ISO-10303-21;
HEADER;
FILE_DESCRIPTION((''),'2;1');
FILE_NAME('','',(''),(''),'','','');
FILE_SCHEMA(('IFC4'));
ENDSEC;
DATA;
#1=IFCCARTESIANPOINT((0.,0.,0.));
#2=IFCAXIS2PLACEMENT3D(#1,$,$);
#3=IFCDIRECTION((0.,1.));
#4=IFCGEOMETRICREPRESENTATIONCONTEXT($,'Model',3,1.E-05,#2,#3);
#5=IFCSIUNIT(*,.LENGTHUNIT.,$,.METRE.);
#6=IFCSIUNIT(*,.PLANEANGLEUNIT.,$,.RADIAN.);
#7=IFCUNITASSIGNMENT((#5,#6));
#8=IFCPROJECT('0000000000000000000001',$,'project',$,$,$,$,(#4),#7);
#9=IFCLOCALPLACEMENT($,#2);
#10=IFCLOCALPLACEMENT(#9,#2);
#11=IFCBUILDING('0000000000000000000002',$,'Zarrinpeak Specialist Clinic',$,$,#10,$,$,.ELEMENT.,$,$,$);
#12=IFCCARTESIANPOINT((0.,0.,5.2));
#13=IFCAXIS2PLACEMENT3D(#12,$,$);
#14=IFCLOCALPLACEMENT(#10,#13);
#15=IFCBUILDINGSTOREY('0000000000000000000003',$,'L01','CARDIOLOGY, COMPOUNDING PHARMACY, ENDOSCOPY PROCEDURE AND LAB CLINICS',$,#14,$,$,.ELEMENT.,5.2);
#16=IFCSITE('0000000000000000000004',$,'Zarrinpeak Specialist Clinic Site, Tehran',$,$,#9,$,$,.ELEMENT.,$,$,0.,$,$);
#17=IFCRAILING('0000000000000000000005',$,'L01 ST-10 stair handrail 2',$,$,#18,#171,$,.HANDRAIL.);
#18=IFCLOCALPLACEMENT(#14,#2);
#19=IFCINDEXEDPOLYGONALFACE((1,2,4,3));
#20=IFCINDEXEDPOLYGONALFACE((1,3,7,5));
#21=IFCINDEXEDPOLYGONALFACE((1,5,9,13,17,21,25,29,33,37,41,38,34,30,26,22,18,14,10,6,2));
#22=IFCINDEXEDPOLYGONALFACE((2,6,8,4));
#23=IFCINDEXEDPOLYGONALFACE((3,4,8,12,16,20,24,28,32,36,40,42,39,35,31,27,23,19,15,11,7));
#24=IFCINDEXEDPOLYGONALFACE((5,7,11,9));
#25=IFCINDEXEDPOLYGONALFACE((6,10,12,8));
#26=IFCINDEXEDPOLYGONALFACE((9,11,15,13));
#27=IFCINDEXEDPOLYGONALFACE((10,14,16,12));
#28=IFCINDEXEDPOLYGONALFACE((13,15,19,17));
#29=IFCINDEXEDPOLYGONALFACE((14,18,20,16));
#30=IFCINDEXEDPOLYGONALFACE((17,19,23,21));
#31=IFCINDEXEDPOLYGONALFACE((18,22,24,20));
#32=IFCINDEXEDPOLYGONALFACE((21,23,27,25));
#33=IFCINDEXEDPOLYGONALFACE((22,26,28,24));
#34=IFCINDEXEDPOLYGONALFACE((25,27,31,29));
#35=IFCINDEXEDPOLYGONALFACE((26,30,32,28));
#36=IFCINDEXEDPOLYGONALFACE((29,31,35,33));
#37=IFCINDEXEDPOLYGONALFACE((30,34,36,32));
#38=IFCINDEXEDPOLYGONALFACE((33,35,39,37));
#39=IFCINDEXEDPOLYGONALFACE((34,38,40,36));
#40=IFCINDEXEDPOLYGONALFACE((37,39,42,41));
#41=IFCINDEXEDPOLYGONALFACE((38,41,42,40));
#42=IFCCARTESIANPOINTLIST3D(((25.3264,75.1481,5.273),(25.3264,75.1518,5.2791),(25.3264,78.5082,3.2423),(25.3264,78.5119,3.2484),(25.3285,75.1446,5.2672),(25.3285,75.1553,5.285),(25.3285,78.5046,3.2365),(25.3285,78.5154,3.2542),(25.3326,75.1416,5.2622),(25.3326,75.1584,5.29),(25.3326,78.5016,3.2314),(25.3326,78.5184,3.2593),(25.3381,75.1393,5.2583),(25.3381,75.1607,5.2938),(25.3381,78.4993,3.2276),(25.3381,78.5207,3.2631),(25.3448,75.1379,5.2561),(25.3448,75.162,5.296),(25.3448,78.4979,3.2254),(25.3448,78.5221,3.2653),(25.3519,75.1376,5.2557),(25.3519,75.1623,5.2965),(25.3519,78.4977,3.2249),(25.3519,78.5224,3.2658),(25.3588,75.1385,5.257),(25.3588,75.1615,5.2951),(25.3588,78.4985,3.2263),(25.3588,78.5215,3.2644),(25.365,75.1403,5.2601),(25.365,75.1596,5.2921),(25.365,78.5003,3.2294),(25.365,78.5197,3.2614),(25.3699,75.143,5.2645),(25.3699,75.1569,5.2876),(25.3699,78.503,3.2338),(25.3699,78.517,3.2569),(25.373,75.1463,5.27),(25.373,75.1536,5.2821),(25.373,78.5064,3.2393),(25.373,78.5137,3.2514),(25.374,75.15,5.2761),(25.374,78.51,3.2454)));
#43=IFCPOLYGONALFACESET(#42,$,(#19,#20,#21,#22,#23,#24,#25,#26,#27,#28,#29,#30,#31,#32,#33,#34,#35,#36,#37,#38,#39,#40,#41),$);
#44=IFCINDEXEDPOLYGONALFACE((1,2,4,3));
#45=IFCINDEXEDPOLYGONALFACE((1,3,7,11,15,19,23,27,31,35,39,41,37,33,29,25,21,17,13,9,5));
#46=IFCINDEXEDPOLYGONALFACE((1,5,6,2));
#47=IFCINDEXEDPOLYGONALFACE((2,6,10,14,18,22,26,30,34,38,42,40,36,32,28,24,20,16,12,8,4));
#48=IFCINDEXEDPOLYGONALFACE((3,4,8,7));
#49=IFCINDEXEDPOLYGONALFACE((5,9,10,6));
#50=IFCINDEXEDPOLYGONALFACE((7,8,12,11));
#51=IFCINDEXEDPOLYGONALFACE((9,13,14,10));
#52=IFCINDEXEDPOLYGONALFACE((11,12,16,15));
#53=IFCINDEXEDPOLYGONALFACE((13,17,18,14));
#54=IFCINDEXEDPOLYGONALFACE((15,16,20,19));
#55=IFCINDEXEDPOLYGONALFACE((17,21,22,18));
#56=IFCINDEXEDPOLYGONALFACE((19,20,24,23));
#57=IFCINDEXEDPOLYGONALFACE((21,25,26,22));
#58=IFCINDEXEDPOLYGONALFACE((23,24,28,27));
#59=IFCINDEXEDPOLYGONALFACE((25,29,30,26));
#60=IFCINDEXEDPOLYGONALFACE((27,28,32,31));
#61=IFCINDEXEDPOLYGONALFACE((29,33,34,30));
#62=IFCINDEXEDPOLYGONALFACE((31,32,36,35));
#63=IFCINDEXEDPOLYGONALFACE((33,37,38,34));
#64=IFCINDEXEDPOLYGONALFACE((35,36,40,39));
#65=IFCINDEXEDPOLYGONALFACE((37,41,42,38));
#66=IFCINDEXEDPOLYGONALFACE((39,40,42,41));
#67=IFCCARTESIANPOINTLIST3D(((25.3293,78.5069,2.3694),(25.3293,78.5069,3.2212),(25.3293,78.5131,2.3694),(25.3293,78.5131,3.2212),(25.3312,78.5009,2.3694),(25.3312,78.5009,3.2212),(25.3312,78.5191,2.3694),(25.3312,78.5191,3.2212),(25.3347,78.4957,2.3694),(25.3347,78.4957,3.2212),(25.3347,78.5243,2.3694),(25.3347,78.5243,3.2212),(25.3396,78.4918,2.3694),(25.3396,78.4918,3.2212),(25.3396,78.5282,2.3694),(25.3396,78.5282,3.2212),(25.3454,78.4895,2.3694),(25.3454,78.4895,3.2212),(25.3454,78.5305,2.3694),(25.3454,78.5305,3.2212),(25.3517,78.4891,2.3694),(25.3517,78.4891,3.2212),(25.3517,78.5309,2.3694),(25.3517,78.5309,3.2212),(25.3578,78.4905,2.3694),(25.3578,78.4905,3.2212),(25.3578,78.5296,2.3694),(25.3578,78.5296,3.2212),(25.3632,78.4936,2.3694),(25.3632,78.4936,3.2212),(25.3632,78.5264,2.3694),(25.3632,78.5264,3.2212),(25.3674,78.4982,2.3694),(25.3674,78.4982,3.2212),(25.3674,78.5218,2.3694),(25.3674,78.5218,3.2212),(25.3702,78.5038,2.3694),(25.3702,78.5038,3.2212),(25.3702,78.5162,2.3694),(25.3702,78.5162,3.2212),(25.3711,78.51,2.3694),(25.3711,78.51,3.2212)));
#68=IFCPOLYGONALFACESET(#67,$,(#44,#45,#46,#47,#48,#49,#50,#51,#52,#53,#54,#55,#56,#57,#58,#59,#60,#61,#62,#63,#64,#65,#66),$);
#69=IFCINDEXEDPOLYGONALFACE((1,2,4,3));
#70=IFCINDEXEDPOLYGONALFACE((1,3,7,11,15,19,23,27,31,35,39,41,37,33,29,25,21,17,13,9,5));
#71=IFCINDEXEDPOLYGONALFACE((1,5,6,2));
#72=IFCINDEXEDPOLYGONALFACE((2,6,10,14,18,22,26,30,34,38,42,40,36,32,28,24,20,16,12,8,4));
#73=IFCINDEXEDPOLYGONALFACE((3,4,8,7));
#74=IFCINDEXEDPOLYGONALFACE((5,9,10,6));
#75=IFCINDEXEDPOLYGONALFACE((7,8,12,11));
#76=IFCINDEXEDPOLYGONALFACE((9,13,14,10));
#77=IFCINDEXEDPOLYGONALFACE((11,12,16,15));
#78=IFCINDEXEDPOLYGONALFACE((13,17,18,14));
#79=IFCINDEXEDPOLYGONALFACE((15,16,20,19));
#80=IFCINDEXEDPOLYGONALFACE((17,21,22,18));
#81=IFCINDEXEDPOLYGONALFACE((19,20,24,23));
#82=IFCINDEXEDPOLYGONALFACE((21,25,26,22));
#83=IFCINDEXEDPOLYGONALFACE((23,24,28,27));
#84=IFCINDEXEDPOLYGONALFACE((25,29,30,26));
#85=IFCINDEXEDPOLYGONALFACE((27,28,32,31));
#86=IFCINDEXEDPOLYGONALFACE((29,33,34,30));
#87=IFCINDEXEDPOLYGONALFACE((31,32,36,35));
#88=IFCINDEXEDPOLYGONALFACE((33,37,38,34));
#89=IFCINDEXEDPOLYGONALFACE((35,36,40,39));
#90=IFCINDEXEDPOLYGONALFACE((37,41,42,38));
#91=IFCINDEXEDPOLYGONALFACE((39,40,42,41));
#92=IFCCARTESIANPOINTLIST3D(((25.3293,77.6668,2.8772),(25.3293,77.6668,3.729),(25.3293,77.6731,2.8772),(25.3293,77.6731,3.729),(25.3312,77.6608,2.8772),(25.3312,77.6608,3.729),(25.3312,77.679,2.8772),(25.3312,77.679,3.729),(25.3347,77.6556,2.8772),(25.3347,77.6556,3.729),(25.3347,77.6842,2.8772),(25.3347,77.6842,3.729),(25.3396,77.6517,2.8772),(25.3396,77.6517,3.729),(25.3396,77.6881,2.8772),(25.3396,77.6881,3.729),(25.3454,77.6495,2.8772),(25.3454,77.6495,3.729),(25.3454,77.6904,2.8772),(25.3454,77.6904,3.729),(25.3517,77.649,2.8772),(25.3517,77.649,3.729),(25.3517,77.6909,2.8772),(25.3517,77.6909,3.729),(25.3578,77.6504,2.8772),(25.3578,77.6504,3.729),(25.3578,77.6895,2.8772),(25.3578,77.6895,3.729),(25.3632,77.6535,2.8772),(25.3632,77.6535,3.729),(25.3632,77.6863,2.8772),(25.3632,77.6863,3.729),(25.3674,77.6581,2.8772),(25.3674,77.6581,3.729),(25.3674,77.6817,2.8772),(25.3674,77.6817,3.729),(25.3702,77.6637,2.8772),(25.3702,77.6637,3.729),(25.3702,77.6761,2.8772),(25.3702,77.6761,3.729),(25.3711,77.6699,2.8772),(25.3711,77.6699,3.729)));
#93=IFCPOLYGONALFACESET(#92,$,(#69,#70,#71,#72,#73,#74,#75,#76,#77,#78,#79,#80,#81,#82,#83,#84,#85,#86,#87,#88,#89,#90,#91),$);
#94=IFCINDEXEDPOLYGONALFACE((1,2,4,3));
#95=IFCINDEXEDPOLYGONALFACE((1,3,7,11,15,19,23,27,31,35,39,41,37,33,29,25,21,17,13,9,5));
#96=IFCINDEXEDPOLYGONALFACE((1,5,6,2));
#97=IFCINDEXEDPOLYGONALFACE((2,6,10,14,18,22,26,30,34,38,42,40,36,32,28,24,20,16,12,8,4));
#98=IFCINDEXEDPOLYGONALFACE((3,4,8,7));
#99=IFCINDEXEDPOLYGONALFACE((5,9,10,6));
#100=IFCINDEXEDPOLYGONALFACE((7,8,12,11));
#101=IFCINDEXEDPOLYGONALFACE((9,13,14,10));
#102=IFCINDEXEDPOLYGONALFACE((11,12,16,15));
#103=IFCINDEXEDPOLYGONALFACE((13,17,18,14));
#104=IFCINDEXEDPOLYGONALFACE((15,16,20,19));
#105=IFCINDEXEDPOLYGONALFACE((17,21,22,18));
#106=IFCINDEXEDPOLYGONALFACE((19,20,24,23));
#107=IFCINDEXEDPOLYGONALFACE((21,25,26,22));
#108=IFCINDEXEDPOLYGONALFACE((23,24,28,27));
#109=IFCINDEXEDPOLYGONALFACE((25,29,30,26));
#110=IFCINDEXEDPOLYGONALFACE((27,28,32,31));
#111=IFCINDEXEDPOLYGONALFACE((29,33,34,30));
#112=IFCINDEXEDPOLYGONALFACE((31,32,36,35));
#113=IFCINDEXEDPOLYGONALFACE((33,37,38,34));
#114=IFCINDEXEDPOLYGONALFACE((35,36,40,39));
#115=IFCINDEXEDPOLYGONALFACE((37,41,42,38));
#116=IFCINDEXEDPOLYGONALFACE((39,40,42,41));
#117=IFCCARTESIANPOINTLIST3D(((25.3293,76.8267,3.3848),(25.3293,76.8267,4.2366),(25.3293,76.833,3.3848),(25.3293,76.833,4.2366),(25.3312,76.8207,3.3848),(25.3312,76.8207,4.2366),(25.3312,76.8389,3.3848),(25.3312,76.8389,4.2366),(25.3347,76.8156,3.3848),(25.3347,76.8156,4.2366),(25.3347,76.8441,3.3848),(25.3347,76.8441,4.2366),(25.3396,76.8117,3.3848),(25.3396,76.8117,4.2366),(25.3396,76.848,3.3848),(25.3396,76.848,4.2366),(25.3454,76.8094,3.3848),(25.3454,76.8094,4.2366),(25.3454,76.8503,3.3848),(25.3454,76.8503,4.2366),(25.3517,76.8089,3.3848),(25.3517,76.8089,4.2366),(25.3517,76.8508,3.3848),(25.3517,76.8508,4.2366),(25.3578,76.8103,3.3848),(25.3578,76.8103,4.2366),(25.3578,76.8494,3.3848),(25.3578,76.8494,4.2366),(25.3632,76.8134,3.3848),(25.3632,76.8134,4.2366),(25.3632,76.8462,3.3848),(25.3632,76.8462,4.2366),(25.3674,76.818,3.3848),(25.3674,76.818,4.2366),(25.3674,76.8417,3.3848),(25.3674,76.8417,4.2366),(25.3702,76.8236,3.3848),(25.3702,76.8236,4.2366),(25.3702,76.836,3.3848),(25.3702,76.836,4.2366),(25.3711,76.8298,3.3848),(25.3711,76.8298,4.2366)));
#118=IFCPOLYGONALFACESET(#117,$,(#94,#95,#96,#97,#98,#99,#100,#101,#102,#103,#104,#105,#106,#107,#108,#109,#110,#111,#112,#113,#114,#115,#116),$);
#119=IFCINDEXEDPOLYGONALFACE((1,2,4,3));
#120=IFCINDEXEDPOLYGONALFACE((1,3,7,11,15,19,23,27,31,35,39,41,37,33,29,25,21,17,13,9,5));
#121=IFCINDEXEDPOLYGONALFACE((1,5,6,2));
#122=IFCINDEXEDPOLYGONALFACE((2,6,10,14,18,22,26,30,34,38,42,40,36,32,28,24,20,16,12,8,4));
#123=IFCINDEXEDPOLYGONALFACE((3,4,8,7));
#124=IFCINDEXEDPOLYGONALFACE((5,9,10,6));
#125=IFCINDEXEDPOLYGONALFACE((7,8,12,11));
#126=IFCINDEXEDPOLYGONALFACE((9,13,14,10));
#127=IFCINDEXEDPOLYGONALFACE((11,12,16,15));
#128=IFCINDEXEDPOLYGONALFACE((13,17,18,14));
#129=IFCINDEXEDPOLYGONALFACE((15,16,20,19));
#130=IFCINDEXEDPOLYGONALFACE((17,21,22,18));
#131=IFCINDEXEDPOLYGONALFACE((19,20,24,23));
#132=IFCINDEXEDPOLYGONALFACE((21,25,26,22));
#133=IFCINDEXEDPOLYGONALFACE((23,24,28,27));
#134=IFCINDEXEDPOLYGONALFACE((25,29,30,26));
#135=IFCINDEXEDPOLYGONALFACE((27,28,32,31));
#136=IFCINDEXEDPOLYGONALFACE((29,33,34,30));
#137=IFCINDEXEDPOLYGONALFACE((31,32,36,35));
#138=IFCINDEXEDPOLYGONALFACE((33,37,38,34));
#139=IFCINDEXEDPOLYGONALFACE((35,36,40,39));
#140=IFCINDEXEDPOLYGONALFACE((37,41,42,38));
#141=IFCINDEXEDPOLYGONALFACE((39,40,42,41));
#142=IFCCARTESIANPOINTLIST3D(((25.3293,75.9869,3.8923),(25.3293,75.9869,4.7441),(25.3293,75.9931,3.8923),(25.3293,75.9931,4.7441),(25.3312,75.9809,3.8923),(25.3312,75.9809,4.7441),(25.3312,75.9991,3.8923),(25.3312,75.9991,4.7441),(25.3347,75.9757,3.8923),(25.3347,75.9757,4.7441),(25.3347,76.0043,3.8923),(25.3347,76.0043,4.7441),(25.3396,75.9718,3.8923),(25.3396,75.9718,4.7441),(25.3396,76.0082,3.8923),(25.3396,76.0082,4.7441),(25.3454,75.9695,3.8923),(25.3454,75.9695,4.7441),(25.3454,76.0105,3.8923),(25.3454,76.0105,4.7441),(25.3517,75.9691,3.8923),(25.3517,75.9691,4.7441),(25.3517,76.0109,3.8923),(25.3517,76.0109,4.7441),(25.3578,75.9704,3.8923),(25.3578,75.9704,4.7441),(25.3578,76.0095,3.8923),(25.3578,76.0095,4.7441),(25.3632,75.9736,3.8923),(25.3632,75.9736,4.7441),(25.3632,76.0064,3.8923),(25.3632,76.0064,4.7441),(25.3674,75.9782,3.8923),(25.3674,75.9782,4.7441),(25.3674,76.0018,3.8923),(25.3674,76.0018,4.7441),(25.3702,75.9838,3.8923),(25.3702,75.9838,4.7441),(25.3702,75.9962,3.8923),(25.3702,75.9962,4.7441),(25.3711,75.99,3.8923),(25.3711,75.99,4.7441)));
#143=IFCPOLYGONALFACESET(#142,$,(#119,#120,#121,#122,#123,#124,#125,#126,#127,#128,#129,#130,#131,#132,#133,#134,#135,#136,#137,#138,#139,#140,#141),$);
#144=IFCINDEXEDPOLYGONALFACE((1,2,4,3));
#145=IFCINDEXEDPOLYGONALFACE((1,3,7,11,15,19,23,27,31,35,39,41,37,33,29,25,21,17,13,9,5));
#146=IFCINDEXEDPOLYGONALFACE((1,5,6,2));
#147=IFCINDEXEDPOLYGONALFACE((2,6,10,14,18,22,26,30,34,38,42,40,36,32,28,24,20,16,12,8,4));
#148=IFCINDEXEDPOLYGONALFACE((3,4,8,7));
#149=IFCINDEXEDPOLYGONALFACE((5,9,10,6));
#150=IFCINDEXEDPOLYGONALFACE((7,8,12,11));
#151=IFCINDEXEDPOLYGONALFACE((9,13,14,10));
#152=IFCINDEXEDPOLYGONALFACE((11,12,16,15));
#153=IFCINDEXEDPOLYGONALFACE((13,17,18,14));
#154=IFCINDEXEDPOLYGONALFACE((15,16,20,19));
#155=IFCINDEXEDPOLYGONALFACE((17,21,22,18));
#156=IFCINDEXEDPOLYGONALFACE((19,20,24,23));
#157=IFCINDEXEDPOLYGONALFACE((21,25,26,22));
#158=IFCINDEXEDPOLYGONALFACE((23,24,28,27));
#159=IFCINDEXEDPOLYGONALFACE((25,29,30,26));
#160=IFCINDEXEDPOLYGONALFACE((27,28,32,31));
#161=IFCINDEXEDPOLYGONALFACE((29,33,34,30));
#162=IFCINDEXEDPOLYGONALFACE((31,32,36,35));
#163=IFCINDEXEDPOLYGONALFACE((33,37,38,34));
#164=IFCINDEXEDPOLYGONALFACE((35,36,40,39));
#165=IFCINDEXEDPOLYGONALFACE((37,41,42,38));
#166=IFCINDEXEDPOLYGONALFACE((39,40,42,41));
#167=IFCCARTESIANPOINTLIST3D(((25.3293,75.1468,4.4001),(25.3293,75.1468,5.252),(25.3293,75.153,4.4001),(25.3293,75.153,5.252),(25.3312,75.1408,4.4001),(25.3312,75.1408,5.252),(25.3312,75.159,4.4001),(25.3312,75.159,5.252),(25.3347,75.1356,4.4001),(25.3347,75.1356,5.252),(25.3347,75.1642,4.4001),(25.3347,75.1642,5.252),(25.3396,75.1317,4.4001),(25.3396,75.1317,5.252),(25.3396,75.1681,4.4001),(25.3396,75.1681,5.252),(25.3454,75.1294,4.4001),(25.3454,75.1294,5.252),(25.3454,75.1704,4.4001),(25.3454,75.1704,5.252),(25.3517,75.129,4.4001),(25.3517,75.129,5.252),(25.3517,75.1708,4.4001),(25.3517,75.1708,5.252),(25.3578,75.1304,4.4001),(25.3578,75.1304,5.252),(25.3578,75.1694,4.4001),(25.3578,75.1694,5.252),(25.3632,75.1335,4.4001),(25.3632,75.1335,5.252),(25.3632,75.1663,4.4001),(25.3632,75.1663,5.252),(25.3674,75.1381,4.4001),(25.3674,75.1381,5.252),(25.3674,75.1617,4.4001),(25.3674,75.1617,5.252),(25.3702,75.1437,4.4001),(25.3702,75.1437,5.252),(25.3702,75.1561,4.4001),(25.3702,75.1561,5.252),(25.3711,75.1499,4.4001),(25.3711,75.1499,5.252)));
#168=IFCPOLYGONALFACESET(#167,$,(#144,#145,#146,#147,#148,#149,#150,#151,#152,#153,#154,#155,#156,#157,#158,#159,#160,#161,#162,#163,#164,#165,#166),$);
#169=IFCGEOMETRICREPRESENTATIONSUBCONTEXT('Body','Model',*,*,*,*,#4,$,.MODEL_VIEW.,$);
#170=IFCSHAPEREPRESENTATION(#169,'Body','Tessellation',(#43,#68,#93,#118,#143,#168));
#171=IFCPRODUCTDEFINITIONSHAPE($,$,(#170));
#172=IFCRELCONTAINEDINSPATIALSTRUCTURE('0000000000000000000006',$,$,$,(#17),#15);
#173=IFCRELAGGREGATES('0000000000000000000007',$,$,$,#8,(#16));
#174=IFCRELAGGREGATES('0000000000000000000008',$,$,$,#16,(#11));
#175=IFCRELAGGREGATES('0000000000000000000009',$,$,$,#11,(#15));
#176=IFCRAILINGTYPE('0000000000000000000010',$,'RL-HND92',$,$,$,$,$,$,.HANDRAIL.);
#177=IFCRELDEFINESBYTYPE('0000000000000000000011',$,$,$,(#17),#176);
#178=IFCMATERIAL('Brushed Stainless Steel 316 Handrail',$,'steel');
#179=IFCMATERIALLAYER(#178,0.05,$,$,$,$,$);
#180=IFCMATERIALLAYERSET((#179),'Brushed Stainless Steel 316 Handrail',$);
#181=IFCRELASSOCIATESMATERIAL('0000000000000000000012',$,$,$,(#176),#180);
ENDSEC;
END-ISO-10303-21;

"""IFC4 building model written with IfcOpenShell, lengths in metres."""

from ifc_helpers import new_model, si_unit, direction, frame, origin, origin_2d, place, context, subcontext, project, spatial, circle, extrude, material, layer, layer_set, type_object, element, save


model = new_model("IFC4")

# Units and contexts
model_context = context("Model", 3, precision=1e-05, world=origin(), true_north=direction((0.0, 1.0)))
body_context = subcontext(model_context, "Body", "Model", "MODEL_VIEW")
ifc_project = project(units=[si_unit("LENGTHUNIT", "METRE"), si_unit("PLANEANGLEUNIT", "RADIAN")], contexts=[model_context])

# Site, building, storey
site_placement = place(None, origin())
site = spatial("IfcSite", under=ifc_project, at=site_placement, Name="Zarrinpeak Specialist Clinic Site, Tehran", CompositionType="ELEMENT", RefElevation=0.0)
building_placement = place(site_placement, origin())
building = spatial("IfcBuilding", under=site, at=building_placement, Name="Zarrinpeak Specialist Clinic", CompositionType="ELEMENT")
storey_placement = place(building_placement, frame((0.0, 0.0, 5.2)))
storey = spatial("IfcBuildingStorey", under=building, at=storey_placement, Name="L01", Description="CARDIOLOGY, COMPOUNDING PHARMACY, ENDOSCOPY PROCEDURE AND LAB CLINICS", CompositionType="ELEMENT", Elevation=5.2)

# Railing
ifc_material_1 = material(Name="Brushed Stainless Steel 316 Handrail", Category="steel")
ifc_layer_1 = layer(ifc_material_1, 0.05)
ifc_layer_set_1 = layer_set([ifc_layer_1], Name="Brushed Stainless Steel 316 Handrail")
railing_type_1 = type_object("IfcRailingType", Name="RL-HND92", PredefinedType="HANDRAIL", material=ifc_layer_set_1)
railing_1_placement = place(storey_placement, frame((25.3501, 78.51, 2.3694)))
element("IfcRailing", 1, at=railing_1_placement, inside=storey, type_object=railing_type_1, Name="L01 ST-10 stair handrail 2", PredefinedType="HANDRAIL", context=body_context, shape_type="SweptSolid", body=[
    extrude(circle(Radius=0.0239, at=origin_2d()), frame((0.0, 0.0, 0.876), z_axis=(0.0, -0.855837, 0.517246), x_axis=(1.0, 0.0, 0.0)), (0.0, 0.0, 1.0), 3.926),
    extrude(circle(Radius=0.021, at=origin_2d()), origin(), (0.0, 0.0, 1.0), 0.8518),
    extrude(circle(Radius=0.021, at=origin_2d()), frame((0.0, -0.8401, 0.5078)), (0.0, 0.0, 1.0), 0.8518),
    extrude(circle(Radius=0.021, at=origin_2d()), frame((0.0, -1.6802, 1.0154)), (0.0, 0.0, 1.0), 0.8518),
    extrude(circle(Radius=0.021, at=origin_2d()), frame((0.0, -2.52, 1.5229)), (0.0, 0.0, 1.0), 0.8518),
    extrude(circle(Radius=0.021, at=origin_2d()), frame((0.0, -3.3601, 2.0308)), (0.0, 0.0, 1.0), 0.8518),
])

save(model, "model.ifc")
